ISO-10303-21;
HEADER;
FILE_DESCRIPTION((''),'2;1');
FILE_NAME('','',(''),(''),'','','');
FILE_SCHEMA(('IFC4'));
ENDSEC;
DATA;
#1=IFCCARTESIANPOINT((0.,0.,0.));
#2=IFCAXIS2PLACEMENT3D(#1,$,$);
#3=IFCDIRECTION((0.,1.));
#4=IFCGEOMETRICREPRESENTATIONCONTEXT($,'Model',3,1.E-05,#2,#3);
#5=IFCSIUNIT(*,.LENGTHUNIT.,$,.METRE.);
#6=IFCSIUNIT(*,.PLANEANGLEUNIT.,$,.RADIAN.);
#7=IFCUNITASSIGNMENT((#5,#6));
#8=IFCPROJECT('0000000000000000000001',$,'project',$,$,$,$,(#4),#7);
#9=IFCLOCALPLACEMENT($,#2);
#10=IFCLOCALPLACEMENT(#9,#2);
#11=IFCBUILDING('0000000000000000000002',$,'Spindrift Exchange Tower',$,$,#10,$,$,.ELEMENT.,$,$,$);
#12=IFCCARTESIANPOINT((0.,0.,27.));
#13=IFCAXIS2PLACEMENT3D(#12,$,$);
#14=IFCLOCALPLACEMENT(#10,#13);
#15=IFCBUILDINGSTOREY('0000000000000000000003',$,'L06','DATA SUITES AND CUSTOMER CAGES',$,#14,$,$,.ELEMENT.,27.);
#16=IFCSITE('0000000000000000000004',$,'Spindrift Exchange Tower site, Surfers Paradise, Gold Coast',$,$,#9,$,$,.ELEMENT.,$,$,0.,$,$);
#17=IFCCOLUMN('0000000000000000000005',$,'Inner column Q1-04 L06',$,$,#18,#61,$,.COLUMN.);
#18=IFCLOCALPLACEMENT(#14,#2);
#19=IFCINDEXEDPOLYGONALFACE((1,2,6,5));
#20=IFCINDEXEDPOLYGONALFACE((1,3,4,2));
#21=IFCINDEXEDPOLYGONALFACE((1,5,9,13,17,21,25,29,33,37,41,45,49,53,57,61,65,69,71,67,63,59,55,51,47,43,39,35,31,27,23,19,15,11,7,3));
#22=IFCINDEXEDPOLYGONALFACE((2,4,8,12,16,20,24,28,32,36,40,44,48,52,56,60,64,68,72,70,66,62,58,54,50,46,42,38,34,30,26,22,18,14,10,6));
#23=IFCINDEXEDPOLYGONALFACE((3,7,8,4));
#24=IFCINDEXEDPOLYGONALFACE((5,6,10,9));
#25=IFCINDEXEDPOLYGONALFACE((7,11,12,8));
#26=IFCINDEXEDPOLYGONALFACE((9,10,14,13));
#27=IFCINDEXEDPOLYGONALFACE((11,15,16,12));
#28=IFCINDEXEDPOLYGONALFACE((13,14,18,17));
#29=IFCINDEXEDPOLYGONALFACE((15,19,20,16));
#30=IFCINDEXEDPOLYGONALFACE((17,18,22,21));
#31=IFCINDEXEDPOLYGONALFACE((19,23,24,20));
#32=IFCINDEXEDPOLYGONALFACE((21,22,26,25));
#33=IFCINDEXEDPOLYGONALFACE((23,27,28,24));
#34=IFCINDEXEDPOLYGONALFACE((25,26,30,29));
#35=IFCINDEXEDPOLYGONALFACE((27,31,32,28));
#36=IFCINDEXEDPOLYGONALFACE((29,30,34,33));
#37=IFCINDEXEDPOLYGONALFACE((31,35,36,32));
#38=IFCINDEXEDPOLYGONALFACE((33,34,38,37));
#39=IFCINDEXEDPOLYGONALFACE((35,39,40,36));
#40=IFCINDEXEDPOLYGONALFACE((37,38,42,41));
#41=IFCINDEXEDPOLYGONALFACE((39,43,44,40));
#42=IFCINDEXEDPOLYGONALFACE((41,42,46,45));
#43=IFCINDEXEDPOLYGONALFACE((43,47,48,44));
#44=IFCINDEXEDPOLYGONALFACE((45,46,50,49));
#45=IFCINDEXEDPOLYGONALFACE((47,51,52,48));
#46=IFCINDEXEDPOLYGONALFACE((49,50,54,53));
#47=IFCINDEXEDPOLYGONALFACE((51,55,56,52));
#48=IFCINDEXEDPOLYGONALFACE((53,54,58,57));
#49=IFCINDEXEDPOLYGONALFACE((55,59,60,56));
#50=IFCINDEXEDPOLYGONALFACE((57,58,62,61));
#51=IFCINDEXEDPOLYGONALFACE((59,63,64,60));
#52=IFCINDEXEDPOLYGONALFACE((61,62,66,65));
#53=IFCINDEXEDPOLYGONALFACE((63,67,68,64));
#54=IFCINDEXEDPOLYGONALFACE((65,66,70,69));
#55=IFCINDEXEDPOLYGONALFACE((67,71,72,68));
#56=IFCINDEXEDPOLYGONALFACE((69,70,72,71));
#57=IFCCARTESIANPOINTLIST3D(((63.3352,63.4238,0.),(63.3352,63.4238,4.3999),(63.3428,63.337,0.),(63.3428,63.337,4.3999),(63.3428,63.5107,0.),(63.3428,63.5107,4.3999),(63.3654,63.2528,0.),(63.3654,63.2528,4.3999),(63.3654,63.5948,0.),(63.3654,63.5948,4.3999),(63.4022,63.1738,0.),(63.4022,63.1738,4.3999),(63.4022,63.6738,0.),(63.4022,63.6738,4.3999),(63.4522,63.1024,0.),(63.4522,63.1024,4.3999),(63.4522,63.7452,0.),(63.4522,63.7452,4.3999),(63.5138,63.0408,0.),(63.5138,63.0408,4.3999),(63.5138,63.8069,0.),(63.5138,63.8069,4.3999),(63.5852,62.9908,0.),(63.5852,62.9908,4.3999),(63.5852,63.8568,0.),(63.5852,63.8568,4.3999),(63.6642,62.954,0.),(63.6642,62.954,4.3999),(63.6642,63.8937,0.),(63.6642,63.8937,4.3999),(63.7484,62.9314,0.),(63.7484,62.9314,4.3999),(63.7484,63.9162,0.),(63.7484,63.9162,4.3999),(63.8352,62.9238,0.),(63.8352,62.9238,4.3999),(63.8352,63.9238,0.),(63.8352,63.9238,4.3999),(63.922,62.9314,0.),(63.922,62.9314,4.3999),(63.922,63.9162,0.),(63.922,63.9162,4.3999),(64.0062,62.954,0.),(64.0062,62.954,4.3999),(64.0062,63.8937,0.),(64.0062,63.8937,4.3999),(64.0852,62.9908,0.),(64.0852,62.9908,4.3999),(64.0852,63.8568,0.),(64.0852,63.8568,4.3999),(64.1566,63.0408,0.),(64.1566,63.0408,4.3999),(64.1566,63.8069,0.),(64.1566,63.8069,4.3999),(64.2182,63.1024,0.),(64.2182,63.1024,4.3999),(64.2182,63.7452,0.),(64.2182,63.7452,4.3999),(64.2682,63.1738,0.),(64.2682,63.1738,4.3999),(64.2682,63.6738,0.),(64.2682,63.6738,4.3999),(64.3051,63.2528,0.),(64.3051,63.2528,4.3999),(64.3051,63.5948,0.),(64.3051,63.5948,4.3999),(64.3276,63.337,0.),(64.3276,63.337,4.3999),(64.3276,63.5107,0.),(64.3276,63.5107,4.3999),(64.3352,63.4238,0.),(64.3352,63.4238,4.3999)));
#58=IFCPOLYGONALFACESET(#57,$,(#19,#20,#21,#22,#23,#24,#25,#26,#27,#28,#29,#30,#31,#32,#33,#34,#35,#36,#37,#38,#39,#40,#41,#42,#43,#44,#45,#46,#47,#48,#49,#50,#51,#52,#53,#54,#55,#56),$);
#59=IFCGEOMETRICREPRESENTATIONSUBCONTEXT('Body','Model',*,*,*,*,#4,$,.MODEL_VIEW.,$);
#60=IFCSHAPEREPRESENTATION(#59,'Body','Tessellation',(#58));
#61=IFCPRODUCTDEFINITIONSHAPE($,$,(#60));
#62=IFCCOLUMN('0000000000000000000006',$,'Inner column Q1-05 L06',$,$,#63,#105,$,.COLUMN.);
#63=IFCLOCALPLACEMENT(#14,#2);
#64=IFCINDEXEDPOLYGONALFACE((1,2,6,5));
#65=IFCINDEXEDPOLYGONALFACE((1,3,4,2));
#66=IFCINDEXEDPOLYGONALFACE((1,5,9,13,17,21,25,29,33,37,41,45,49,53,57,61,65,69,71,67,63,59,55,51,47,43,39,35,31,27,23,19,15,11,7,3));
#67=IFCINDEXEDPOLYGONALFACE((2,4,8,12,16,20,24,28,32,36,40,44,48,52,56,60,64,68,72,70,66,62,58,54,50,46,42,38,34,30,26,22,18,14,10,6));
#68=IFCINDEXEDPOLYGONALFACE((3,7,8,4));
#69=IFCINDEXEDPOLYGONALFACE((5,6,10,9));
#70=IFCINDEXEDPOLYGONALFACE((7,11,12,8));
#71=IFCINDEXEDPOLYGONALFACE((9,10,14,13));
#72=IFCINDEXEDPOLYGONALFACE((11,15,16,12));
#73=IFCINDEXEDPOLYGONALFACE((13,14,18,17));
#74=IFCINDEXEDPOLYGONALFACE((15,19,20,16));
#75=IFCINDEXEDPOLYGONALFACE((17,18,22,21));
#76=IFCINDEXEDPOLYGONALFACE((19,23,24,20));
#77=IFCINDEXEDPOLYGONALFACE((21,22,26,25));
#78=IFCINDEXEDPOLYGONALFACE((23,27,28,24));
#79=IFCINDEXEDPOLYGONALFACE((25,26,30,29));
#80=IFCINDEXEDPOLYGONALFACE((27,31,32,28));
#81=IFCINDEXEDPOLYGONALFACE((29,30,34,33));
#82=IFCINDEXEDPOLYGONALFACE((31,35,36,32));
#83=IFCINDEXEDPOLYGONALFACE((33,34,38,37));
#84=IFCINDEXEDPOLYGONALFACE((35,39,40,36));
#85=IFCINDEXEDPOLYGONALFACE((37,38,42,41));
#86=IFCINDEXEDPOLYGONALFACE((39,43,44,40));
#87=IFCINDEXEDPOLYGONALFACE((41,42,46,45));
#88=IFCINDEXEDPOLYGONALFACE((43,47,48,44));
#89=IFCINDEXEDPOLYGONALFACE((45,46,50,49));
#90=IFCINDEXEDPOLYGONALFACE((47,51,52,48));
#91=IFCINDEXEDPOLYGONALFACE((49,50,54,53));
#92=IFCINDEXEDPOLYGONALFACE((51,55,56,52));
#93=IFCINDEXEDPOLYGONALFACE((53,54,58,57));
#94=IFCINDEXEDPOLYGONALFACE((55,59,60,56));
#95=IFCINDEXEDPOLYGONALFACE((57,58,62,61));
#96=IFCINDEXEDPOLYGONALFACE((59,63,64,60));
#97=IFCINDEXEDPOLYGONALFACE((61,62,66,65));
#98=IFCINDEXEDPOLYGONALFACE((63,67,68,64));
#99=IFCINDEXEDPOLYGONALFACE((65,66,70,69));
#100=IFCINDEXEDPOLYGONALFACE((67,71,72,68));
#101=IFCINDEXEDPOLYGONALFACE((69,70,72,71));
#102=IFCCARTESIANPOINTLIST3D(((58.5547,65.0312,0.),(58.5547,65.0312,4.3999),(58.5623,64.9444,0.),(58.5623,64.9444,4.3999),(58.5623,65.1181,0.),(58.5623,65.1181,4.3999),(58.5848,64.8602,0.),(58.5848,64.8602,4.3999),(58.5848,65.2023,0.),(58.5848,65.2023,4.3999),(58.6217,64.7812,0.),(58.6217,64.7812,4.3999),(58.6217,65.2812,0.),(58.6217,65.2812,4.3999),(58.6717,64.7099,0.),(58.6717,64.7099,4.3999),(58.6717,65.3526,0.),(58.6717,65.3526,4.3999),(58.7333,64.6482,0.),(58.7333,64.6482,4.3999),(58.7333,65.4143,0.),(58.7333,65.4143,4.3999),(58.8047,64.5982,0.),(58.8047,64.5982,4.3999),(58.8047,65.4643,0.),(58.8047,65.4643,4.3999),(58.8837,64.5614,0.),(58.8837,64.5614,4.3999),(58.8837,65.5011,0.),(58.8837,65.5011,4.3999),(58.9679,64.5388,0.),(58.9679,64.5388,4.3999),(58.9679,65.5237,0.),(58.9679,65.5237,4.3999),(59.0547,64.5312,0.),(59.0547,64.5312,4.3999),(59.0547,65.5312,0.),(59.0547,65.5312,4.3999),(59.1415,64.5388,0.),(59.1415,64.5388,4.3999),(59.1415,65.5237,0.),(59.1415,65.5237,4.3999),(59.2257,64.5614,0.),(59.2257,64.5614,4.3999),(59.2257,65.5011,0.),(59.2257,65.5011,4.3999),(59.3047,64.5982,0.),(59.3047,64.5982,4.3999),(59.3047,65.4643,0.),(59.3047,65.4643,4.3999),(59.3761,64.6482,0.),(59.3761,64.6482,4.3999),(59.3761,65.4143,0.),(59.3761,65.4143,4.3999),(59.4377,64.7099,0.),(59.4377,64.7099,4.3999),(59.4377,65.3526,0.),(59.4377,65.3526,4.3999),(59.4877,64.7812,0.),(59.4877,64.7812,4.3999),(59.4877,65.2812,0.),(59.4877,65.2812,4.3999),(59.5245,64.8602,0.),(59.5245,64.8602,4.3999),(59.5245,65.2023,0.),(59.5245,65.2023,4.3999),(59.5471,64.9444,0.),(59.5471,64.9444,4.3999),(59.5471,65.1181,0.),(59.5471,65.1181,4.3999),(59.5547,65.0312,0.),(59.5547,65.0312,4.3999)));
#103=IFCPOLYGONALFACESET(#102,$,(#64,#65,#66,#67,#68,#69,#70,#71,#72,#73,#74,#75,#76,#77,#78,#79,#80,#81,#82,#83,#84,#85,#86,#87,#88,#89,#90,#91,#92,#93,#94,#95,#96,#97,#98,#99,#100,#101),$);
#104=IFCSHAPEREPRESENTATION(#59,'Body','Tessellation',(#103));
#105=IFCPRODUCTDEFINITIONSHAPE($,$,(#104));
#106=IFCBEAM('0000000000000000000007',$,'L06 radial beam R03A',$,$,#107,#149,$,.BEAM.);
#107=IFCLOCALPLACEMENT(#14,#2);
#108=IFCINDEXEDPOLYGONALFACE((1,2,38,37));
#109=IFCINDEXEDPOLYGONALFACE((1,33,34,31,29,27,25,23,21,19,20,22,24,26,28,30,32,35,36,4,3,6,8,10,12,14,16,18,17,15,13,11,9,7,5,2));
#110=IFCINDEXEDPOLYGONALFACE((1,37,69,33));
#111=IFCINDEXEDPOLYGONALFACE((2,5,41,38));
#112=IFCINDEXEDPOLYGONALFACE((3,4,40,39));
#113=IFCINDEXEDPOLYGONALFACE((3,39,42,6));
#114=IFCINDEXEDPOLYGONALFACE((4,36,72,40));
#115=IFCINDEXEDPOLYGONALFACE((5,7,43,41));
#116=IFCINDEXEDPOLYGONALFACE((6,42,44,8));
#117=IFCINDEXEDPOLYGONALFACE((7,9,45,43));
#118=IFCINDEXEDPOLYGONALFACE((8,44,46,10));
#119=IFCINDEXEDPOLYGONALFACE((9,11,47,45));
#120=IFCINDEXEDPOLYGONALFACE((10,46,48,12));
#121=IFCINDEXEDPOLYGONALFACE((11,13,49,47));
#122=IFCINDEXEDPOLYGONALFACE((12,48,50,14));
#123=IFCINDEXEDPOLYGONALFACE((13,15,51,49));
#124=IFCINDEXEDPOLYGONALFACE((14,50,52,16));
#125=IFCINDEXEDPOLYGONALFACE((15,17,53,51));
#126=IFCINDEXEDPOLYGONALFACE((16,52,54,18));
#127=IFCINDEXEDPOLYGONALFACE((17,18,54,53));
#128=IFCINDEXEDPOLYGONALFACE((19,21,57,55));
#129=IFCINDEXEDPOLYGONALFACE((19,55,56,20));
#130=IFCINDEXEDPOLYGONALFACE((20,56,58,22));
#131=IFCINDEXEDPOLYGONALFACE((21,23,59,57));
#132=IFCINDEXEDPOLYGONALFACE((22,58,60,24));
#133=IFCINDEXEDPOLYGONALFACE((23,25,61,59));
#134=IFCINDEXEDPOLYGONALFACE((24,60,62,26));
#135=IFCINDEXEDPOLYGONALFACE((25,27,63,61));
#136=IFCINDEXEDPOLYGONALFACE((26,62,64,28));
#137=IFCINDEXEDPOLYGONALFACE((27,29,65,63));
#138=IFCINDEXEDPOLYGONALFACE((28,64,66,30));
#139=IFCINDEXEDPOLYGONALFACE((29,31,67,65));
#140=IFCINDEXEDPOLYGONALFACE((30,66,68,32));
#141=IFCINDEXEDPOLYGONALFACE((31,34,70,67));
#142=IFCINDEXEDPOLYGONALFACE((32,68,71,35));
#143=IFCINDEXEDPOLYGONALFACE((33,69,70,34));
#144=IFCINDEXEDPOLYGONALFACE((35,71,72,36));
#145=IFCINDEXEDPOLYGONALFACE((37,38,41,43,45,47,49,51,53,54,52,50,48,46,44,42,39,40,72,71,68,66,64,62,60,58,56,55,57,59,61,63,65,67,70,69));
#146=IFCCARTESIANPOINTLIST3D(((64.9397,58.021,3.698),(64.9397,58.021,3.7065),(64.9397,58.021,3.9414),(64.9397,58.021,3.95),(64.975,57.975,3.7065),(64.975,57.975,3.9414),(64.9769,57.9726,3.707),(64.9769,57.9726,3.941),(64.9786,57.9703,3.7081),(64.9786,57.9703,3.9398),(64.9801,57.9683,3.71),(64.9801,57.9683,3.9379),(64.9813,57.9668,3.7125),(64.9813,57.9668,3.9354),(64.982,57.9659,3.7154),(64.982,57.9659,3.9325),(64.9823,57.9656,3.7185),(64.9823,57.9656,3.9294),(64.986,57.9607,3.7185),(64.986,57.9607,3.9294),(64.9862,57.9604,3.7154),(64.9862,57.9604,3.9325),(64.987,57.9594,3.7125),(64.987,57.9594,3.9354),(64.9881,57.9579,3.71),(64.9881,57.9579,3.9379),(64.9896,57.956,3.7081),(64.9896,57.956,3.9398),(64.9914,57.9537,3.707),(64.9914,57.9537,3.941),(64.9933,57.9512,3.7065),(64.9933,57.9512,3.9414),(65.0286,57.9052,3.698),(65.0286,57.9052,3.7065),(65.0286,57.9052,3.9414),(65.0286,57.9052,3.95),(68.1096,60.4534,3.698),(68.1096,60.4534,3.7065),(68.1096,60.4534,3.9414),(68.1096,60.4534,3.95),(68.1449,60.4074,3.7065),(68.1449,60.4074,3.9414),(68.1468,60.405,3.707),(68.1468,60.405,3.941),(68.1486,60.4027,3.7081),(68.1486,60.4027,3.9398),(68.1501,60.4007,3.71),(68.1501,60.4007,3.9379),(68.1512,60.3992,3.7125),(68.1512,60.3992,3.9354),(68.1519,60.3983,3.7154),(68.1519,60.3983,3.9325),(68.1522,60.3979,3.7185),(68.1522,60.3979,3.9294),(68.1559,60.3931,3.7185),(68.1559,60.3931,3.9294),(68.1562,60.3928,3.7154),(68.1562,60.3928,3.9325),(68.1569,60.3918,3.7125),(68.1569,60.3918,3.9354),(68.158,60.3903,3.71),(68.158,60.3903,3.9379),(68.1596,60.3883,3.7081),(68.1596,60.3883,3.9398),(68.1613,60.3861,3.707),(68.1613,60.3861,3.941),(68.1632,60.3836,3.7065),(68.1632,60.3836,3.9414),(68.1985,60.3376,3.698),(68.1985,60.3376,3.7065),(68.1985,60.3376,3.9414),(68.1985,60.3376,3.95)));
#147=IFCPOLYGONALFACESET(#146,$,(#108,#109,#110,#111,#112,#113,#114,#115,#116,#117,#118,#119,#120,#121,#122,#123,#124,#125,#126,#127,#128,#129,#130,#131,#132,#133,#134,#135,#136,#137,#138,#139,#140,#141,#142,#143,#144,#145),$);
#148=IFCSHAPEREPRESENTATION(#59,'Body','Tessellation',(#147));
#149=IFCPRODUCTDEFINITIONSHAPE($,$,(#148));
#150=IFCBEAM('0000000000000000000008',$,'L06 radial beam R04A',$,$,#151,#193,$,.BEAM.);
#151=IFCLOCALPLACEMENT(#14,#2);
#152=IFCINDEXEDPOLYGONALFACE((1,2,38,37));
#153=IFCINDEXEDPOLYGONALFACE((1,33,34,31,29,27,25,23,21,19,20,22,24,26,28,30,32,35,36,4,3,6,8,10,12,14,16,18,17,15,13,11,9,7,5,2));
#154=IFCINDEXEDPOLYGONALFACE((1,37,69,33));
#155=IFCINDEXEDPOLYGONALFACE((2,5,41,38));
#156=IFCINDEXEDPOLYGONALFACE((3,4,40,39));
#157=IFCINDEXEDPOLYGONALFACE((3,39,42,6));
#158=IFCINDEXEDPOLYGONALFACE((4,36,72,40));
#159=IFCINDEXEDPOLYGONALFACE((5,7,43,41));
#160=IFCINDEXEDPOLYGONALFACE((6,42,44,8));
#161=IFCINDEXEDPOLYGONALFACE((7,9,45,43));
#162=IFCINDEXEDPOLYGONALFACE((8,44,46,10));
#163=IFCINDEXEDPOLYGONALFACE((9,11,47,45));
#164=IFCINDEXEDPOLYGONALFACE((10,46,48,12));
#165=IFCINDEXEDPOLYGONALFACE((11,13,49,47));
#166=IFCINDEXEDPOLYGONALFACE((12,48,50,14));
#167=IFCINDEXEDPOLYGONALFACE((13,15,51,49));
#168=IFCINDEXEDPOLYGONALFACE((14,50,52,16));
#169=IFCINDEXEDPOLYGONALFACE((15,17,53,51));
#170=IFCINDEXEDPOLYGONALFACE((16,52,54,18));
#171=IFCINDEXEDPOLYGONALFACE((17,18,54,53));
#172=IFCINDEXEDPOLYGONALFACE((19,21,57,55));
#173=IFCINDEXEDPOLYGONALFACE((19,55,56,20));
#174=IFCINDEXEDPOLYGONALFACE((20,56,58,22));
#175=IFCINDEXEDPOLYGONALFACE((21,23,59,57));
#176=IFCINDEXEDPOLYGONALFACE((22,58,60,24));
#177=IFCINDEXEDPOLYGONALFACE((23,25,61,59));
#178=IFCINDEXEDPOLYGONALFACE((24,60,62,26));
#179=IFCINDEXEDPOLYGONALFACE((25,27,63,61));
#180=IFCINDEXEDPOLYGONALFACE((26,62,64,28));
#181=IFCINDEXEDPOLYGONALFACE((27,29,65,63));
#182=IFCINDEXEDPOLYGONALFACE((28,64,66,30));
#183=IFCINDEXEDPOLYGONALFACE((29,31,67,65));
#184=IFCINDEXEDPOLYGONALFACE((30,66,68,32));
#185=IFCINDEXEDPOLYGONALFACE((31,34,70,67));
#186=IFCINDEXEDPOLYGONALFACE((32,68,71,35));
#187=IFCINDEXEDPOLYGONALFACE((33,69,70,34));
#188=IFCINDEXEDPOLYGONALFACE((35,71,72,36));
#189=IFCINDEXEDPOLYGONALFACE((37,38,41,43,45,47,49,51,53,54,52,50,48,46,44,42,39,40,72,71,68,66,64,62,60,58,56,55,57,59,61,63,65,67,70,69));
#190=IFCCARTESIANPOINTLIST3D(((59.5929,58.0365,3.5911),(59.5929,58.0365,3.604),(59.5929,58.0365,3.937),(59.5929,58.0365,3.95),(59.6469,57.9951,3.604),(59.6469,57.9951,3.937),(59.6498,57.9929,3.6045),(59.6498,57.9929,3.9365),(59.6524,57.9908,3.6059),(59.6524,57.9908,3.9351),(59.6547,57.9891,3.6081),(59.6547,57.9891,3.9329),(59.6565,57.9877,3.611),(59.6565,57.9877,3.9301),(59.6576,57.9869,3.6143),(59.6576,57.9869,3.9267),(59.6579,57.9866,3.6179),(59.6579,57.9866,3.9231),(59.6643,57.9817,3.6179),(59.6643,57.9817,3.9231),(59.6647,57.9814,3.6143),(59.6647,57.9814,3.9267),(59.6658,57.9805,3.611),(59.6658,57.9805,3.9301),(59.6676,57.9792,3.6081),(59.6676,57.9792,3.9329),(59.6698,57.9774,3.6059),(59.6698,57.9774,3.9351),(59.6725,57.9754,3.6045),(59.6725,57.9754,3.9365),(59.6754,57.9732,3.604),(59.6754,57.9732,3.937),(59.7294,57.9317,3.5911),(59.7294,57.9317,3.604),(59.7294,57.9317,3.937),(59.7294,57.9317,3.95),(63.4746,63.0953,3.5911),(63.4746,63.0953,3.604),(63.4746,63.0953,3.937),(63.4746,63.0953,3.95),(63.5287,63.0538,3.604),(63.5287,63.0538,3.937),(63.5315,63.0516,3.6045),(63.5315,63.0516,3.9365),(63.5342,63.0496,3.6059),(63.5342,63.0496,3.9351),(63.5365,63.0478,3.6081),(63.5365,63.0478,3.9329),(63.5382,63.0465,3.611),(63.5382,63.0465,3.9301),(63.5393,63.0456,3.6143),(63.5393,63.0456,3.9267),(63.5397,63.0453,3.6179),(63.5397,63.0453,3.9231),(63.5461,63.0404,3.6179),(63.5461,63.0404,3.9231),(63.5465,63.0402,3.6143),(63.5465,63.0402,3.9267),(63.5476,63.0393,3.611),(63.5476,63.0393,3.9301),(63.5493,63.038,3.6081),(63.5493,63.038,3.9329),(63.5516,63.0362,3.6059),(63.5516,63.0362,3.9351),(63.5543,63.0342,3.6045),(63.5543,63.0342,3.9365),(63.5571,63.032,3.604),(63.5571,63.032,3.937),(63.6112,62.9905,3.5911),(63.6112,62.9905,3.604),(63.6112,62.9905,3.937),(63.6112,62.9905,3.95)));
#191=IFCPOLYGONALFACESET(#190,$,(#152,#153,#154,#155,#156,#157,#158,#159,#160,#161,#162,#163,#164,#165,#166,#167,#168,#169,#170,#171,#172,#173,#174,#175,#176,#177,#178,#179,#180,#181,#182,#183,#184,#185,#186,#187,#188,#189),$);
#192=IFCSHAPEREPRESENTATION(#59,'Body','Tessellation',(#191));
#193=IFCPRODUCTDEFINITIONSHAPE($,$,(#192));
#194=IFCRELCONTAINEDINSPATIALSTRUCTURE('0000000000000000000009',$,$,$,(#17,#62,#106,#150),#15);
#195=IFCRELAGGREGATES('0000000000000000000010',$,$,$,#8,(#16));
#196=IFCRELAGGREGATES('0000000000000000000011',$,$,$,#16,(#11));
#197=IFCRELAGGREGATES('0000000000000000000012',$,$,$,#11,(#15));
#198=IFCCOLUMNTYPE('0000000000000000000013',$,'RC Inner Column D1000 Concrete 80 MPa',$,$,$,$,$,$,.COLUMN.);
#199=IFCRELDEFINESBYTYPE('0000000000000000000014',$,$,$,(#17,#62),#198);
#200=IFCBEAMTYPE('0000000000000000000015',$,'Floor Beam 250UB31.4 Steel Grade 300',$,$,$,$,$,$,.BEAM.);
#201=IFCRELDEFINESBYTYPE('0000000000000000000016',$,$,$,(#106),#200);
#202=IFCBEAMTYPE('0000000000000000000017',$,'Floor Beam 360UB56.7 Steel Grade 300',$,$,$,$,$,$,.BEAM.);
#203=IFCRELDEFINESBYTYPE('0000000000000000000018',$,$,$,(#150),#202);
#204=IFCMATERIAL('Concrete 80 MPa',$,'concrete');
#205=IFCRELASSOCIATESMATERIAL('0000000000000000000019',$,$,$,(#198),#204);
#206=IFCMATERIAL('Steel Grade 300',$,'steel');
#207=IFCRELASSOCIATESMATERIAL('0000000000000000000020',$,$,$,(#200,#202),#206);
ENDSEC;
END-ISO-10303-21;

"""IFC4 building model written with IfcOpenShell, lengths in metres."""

from ifc_helpers import new_model, si_unit, direction, frame, origin, origin_2d, place, context, subcontext, project, spatial, circle, i_section, extrude, source, transform, mapped, material, material_profile, profile_set, type_object, element, save


model = new_model("IFC4")

# Units and contexts
model_context = context("Model", 3, precision=1e-05, world=origin(), true_north=direction((0.0, 1.0)))
body_context = subcontext(model_context, "Body", "Model", "MODEL_VIEW")
ifc_project = project(units=[si_unit("LENGTHUNIT", "METRE"), si_unit("PLANEANGLEUNIT", "RADIAN")], contexts=[model_context])

# Site, building, storey
site_placement = place(None, origin())
site = spatial("IfcSite", under=ifc_project, at=site_placement, Name="Spindrift Exchange Tower site, Surfers Paradise, Gold Coast", CompositionType="ELEMENT", RefElevation=0.0)
building_placement = place(site_placement, origin())
building = spatial("IfcBuilding", under=site, at=building_placement, Name="Spindrift Exchange Tower", CompositionType="ELEMENT")
storey_placement = place(building_placement, frame((0.0, 0.0, 27.0)))
storey = spatial("IfcBuildingStorey", under=building, at=storey_placement, Name="L06", Description="DATA SUITES AND CUSTOMER CAGES", CompositionType="ELEMENT", Elevation=27.0)

# Columns
ifc_material_1 = material(Name="Concrete 80 MPa", Category="concrete")
ifc_material_profile_1 = material_profile(ifc_material_1, circle(Radius=0.5, at=origin_2d()), Name="RC D1000")
ifc_profile_set_1 = profile_set([ifc_material_profile_1], Name="Concrete 80 MPa")
column_type = type_object("IfcColumnType", Name="RC Inner Column D1000 Concrete 80 MPa", PredefinedType="COLUMN", material=ifc_profile_set_1)
shared_shape_1 = source(origin(), body_context, "Body", "SweptSolid", [
    extrude(circle(Radius=0.5, at=origin_2d()), origin(), (0.0, 0.0, 1.0), 4.3999),
])
for number, where, z_axis, x_axis, name in (
    (1, (63.8352, 63.4238, 0.0), (0.0, 0.0, 1.0), (1.0, 0.0, 0.0), "Inner column Q1-04 L06"),
    (2, (59.0547, 65.0312, 0.0), (0.0, 0.0, 1.0), (1.0, 0.0, 0.0), "Inner column Q1-05 L06"),
):
    element("IfcColumn", number, at=place(storey_placement, frame(where, z_axis=z_axis, x_axis=x_axis)), inside=storey, type_object=column_type, Name=name, PredefinedType="COLUMN", context=body_context, shape_type="MappedRepresentation", body=[
        mapped(shared_shape_1, transform((0.0, 0.0, 0.0), scale=1.0)),
    ])

# Beams
ifc_material_2 = material(Name="Steel Grade 300", Category="steel")
ifc_material_profile_2 = material_profile(ifc_material_2, i_section(OverallWidth=0.146, OverallDepth=0.252, WebThickness=0.0061, FlangeThickness=0.0085, FilletRadius=0.012, at=origin_2d()), Name="250UB31.4")
ifc_profile_set_2 = profile_set([ifc_material_profile_2], Name="Steel Grade 300")
beam_type_1 = type_object("IfcBeamType", Name="Floor Beam 250UB31.4 Steel Grade 300", PredefinedType="BEAM", material=ifc_profile_set_2)
shared_shape_2 = source(origin(), body_context, "Body", "SweptSolid", [
    extrude(i_section(OverallWidth=0.146, OverallDepth=0.252, WebThickness=0.0061, FlangeThickness=0.0085, FilletRadius=0.012, at=origin_2d()), origin(), (0.0, 0.0, 1.0), 3.9956),
])
beam_1_placement = place(storey_placement, frame((64.9841, 57.9631, 3.824), z_axis=(0.793353, 0.608762, 0.0), x_axis=(-0.608762, 0.793353, 0.0)))
element("IfcBeam", 3, at=beam_1_placement, inside=storey, type_object=beam_type_1, Name="L06 radial beam R03A", PredefinedType="BEAM", context=body_context, shape_type="MappedRepresentation", body=[
    mapped(shared_shape_2, transform((0.0, 0.0, 0.0), scale=1.0)),
])
ifc_material_profile_3 = material_profile(ifc_material_2, i_section(OverallWidth=0.1721, OverallDepth=0.3589, WebThickness=0.0081, FlangeThickness=0.0129, FilletRadius=0.0139, at=origin_2d()), Name="360UB56.7")
ifc_profile_set_3 = profile_set([ifc_material_profile_3], Name="Steel Grade 300")
beam_type_2 = type_object("IfcBeamType", Name="Floor Beam 360UB56.7 Steel Grade 300", PredefinedType="BEAM", material=ifc_profile_set_3)
shared_shape_3 = source(origin(), body_context, "Body", "SweptSolid", [
    extrude(i_section(OverallWidth=0.1721, OverallDepth=0.3589, WebThickness=0.0081, FlangeThickness=0.0129, FilletRadius=0.0139, at=origin_2d()), origin(), (0.0, 0.0, 1.0), 6.3765),
])
beam_2_placement = place(storey_placement, frame((59.6611, 57.9841, 3.7705), z_axis=(0.608767, 0.793349, 0.0), x_axis=(-0.793349, 0.608767, 0.0)))
element("IfcBeam", 4, at=beam_2_placement, inside=storey, type_object=beam_type_2, Name="L06 radial beam R04A", PredefinedType="BEAM", context=body_context, shape_type="MappedRepresentation", body=[
    mapped(shared_shape_3, transform((0.0, 0.0, 0.0), scale=1.0)),
])

save(model, "model.ifc")
